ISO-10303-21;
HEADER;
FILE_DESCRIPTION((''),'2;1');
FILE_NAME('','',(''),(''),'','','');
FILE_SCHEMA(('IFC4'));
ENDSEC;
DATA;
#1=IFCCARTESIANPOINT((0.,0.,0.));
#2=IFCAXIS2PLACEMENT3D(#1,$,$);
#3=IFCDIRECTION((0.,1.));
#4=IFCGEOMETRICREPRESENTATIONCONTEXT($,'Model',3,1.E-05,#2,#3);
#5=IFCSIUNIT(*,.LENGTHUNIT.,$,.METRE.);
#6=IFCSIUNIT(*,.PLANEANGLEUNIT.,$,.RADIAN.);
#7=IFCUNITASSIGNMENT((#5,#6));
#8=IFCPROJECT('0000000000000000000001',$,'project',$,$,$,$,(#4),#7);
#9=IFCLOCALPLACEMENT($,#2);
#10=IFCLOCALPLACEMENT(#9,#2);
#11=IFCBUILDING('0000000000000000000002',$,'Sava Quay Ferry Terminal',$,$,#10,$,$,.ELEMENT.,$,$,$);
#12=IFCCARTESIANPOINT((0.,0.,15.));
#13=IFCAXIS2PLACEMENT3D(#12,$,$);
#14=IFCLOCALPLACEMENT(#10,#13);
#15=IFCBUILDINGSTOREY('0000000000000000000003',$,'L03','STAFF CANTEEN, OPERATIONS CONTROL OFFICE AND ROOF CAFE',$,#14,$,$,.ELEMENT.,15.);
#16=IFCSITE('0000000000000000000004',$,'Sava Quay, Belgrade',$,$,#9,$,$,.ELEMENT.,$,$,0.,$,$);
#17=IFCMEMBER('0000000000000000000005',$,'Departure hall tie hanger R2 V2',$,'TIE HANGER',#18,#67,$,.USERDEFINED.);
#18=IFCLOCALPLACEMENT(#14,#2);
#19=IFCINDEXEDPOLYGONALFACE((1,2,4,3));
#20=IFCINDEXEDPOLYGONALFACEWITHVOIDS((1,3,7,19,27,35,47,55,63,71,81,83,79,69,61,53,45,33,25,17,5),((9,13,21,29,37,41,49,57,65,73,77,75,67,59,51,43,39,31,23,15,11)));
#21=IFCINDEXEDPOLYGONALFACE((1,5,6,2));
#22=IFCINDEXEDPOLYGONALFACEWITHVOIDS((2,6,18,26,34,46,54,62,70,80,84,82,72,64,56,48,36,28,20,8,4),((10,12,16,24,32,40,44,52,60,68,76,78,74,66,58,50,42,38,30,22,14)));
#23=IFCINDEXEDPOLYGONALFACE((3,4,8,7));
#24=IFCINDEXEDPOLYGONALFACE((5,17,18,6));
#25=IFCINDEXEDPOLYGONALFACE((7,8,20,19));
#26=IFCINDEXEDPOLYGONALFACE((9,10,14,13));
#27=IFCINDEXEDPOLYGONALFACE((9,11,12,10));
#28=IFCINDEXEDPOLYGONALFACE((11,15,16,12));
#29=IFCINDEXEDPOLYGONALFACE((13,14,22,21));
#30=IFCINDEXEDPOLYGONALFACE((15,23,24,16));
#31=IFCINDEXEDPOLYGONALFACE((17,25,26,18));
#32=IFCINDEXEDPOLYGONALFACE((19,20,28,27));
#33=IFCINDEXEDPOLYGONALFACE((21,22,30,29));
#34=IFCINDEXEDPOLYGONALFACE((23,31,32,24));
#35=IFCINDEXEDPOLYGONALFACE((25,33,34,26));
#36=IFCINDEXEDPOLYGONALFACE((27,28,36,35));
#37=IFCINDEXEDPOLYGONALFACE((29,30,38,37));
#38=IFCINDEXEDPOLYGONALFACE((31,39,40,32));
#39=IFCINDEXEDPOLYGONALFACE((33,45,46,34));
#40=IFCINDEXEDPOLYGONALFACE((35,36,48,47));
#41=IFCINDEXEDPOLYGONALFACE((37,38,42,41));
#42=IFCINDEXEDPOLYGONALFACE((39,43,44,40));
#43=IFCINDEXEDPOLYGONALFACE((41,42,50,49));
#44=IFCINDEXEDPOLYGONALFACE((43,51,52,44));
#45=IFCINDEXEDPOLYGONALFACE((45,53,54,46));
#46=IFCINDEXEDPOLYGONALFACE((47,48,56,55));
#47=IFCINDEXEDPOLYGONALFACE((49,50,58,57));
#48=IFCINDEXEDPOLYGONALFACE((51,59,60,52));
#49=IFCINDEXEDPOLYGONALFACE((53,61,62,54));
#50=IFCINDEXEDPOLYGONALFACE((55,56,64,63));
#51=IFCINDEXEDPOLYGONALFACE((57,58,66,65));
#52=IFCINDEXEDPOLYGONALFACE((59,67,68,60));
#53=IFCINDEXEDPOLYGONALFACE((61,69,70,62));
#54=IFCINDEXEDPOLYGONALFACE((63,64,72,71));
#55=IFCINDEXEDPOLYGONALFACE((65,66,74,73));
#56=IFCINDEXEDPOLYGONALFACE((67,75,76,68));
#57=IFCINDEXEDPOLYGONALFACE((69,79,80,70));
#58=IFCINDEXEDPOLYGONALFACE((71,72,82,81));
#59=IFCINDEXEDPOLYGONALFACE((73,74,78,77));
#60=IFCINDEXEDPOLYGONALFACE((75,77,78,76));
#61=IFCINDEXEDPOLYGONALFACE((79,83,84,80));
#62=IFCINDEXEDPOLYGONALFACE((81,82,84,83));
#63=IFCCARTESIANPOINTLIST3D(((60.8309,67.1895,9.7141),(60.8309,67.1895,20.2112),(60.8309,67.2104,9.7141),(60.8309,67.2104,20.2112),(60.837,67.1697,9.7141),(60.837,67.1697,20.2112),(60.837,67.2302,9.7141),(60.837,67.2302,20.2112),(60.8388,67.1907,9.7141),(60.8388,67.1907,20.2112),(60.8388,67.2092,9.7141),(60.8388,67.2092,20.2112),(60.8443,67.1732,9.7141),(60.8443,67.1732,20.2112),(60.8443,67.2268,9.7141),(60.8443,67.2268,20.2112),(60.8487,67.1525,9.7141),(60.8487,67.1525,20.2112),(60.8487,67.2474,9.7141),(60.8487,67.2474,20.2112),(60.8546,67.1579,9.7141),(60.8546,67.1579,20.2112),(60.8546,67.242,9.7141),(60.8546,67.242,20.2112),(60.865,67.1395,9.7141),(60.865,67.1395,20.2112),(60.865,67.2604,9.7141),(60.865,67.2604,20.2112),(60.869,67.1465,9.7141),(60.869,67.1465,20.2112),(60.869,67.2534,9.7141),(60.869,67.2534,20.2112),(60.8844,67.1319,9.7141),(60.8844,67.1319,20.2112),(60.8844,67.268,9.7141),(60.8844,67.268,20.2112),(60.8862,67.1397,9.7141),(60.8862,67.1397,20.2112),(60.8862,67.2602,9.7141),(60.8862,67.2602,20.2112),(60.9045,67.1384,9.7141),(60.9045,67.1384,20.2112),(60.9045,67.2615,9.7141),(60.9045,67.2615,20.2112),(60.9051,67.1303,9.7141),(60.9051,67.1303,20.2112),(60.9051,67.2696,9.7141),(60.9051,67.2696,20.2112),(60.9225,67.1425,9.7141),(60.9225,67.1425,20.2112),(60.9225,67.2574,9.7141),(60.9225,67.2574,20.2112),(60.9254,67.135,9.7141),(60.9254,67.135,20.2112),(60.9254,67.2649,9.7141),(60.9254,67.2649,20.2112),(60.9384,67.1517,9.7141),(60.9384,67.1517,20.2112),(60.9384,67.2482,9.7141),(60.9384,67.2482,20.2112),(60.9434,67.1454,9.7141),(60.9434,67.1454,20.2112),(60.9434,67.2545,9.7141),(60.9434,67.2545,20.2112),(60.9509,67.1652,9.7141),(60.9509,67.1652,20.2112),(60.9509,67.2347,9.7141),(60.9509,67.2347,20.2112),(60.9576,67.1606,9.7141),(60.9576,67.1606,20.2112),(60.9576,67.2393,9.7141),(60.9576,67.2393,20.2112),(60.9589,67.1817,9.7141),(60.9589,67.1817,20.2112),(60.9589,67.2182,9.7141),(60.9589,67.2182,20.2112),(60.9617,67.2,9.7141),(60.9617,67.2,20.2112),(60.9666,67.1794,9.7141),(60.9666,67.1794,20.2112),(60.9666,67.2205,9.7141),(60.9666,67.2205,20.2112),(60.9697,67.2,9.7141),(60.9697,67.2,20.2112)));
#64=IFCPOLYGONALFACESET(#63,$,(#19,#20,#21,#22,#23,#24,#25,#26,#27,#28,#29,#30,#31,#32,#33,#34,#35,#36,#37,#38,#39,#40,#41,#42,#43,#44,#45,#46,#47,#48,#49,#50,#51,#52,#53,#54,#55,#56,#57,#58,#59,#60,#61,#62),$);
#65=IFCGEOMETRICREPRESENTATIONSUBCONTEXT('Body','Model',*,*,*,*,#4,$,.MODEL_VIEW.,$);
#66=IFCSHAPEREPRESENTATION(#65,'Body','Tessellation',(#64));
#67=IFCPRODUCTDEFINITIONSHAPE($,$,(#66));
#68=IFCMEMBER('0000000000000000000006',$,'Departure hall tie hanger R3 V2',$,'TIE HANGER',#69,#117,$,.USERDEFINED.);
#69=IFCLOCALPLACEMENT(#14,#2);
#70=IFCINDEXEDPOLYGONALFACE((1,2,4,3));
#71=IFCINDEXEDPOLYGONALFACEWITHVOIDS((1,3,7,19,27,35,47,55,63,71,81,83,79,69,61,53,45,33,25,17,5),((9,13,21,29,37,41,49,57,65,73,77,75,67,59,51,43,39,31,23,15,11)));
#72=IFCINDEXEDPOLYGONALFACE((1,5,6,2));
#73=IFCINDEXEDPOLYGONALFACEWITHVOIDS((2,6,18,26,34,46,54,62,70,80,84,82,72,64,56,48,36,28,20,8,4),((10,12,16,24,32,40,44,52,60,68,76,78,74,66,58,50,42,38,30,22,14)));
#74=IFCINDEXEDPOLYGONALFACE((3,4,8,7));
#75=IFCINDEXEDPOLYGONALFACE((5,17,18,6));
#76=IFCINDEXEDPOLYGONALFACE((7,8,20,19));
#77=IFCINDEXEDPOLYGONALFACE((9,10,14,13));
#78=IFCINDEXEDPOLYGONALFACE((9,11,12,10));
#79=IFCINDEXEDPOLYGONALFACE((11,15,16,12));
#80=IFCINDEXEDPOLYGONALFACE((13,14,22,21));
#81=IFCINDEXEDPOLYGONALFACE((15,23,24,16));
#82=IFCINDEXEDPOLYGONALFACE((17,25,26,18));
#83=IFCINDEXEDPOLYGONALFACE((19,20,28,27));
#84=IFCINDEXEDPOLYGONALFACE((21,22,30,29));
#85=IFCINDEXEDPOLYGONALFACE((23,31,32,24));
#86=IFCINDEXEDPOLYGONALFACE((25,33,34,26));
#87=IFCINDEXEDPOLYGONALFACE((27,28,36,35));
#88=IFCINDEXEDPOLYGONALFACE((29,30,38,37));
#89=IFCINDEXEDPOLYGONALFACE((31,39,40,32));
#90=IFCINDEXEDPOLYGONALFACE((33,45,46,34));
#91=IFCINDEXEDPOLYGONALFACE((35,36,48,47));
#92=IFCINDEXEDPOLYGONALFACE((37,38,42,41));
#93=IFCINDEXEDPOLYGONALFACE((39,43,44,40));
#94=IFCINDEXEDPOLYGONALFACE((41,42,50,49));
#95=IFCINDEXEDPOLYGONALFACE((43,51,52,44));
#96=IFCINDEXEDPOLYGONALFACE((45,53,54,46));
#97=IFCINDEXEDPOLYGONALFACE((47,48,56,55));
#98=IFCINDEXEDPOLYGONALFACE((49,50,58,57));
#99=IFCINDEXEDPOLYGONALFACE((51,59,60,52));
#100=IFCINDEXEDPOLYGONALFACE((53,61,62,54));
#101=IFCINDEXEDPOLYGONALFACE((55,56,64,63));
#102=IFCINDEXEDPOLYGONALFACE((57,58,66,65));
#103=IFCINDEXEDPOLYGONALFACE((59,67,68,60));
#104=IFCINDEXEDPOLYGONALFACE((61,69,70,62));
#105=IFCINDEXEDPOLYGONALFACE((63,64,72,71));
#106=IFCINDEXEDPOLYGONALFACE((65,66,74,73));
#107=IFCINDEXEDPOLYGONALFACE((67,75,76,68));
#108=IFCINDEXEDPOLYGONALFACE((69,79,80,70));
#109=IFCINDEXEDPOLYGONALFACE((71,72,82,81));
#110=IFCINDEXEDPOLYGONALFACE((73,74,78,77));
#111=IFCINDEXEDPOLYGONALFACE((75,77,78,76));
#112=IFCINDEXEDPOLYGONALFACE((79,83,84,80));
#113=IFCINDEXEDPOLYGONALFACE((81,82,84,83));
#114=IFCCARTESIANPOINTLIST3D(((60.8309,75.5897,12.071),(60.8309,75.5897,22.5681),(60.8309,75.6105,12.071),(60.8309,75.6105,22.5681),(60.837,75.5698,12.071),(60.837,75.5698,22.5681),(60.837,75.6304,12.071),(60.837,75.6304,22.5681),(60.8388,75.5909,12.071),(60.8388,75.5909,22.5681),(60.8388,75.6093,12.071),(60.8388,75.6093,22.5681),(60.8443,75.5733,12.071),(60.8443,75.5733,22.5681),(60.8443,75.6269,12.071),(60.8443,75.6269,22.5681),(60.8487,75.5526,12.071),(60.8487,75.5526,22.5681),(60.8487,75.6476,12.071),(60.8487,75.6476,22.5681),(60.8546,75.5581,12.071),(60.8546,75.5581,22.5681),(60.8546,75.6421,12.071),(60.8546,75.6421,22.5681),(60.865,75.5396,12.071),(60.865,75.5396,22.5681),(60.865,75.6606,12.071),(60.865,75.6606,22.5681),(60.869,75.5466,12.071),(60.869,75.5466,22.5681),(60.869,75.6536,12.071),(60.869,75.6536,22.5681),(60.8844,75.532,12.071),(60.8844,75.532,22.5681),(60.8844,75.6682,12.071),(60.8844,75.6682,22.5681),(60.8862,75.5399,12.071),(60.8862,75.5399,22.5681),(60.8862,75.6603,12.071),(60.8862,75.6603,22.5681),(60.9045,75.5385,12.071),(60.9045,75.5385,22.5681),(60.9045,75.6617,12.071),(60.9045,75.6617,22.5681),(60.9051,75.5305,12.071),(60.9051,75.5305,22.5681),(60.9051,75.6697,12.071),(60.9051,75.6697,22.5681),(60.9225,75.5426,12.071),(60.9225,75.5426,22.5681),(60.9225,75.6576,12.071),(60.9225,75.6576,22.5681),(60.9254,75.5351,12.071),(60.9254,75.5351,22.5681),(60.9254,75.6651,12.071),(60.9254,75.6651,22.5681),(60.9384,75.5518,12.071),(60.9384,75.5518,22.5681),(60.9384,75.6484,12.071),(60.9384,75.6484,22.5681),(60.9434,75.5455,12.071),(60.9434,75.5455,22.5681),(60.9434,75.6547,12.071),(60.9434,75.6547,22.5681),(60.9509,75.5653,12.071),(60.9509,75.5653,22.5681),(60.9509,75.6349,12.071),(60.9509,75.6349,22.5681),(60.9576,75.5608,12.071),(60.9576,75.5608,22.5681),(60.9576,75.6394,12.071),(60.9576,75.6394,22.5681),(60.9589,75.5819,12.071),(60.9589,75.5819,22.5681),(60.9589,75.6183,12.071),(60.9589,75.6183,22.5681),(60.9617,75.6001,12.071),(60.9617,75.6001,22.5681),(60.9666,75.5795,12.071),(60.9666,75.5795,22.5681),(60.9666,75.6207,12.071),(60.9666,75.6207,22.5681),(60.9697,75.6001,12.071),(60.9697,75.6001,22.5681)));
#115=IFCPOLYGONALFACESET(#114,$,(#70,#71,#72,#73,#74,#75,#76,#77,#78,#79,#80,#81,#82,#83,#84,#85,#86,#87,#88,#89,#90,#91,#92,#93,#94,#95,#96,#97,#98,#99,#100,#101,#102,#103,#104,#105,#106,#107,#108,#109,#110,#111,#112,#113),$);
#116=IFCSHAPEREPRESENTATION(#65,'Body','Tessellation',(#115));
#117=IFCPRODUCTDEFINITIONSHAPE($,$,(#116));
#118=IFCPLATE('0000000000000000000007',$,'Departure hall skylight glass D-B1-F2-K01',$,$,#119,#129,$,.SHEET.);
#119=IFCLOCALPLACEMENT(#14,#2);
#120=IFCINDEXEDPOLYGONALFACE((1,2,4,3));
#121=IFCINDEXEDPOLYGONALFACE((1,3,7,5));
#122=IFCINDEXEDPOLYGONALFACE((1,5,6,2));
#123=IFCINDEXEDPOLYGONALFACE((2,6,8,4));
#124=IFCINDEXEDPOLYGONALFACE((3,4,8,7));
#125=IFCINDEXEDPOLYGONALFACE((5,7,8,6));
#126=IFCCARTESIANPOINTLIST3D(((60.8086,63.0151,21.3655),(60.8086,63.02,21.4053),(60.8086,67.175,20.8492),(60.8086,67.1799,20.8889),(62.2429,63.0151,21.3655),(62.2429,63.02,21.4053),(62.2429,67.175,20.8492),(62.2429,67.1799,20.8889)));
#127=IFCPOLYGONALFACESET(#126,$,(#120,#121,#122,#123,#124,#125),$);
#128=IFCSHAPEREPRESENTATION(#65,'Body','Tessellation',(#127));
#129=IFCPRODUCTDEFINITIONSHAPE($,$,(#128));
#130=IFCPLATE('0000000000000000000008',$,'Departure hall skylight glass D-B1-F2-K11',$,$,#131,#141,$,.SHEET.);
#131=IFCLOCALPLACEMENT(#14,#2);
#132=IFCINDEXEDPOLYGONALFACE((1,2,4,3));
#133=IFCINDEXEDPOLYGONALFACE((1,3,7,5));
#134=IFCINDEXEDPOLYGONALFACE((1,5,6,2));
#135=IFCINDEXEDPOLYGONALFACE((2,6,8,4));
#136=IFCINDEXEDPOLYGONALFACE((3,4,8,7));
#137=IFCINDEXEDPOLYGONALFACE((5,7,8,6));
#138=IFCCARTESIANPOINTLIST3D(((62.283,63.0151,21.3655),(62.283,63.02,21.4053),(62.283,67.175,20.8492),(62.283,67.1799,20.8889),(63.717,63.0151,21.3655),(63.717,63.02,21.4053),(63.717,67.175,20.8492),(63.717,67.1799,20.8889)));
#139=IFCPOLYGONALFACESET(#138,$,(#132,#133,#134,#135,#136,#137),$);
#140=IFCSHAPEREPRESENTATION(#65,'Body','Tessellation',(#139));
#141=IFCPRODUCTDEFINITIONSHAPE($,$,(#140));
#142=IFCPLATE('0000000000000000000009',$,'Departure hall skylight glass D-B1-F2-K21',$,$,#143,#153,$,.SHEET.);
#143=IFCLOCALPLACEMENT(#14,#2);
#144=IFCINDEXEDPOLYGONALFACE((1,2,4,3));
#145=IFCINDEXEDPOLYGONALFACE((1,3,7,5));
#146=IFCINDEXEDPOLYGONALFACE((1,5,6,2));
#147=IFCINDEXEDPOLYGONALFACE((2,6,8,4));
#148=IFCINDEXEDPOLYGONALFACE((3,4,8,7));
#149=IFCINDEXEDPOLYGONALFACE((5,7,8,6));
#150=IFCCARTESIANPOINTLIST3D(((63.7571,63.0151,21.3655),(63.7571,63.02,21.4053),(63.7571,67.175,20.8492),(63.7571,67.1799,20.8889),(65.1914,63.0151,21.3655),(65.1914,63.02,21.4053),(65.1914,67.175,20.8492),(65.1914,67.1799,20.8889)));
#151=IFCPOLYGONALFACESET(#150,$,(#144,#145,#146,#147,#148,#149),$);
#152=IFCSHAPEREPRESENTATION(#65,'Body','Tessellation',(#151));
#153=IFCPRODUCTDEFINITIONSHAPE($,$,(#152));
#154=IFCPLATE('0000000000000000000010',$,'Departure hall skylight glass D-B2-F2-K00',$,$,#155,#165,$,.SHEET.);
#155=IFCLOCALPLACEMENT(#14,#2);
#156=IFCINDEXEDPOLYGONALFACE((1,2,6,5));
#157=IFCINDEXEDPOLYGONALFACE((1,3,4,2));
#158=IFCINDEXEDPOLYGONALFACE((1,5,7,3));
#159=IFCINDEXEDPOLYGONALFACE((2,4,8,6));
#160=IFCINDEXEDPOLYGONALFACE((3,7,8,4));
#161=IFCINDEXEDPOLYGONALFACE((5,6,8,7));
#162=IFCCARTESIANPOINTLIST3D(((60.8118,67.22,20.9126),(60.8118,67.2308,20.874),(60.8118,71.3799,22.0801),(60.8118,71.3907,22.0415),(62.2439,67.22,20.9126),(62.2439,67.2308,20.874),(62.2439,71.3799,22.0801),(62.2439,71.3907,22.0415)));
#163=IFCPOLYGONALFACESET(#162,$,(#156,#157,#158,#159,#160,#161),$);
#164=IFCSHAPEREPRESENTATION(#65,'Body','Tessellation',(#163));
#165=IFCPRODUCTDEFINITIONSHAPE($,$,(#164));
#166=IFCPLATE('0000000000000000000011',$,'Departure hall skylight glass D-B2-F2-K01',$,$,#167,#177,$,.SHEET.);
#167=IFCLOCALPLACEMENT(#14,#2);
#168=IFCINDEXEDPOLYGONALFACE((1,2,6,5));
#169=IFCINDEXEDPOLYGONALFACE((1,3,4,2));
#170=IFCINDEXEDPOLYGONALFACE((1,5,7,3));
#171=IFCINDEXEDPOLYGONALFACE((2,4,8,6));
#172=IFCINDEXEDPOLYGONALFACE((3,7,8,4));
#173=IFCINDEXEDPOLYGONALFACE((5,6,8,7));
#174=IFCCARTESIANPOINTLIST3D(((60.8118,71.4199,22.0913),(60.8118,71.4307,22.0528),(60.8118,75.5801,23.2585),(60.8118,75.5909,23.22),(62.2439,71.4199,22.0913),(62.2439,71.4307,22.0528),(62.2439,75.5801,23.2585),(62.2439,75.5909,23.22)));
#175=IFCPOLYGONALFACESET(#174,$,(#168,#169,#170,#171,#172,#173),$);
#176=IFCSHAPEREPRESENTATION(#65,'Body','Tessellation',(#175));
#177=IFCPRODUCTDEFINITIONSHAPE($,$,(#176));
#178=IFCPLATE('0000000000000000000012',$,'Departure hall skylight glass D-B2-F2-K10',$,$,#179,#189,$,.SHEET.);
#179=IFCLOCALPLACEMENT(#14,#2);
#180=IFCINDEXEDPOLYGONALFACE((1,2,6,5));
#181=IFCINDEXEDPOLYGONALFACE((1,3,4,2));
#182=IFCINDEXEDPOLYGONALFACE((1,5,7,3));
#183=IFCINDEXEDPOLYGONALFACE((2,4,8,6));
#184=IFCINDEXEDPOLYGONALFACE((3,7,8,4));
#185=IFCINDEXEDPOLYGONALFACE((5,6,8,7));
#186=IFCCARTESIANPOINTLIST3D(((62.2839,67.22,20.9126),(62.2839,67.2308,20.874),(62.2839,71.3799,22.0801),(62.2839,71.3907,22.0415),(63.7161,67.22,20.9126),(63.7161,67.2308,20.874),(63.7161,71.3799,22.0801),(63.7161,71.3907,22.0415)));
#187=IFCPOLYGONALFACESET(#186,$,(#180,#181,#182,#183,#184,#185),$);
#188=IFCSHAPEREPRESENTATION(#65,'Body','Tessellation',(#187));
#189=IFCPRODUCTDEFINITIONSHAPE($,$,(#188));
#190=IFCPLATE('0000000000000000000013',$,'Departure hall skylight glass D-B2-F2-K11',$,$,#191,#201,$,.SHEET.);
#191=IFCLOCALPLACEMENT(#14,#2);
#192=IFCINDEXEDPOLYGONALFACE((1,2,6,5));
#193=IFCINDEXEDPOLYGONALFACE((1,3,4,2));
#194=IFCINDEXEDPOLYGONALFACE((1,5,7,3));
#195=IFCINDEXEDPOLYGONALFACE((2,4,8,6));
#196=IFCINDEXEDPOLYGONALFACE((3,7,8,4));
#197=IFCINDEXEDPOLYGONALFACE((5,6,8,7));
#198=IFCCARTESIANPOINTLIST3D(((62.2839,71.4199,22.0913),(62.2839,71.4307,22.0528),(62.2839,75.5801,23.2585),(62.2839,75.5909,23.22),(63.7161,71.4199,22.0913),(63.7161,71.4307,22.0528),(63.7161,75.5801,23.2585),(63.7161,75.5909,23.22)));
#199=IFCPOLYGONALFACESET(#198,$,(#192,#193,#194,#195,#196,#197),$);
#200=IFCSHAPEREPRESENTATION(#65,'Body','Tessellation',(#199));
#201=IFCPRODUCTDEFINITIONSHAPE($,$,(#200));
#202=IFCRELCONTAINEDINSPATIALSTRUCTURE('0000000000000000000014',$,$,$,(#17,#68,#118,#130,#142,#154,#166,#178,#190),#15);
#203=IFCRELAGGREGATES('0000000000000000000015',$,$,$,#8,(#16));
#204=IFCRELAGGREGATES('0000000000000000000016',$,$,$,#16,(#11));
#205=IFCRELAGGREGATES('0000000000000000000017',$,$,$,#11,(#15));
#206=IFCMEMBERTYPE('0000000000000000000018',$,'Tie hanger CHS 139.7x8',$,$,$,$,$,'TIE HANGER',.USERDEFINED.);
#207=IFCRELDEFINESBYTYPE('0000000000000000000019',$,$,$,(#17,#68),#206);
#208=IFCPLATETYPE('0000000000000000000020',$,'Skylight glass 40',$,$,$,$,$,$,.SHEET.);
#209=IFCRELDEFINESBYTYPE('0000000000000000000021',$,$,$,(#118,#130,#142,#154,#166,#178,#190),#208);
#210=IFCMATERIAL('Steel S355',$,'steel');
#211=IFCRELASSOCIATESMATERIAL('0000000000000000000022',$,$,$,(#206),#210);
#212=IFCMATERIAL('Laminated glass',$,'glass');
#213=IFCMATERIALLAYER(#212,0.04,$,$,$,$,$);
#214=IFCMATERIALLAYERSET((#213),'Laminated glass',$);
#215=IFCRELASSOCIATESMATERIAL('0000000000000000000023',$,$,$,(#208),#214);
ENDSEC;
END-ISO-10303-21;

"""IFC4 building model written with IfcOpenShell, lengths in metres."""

from ifc_helpers import new_model, si_unit, direction, frame, origin, origin_2d, place, context, subcontext, project, spatial, polyline, hollow_circle, outline, extrude, material, layer, layer_set, material_profile, profile_set, type_object, element, save


model = new_model("IFC4")

# Units and contexts
model_context = context("Model", 3, precision=1e-05, world=origin(), true_north=direction((0.0, 1.0)))
body_context = subcontext(model_context, "Body", "Model", "MODEL_VIEW")
ifc_project = project(units=[si_unit("LENGTHUNIT", "METRE"), si_unit("PLANEANGLEUNIT", "RADIAN")], contexts=[model_context])

# Site, building, storey
site_placement = place(None, origin())
site = spatial("IfcSite", under=ifc_project, at=site_placement, Name="Sava Quay, Belgrade", CompositionType="ELEMENT", RefElevation=0.0)
building_placement = place(site_placement, origin())
building = spatial("IfcBuilding", under=site, at=building_placement, Name="Sava Quay Ferry Terminal", CompositionType="ELEMENT")
storey_placement = place(building_placement, frame((0.0, 0.0, 15.0)))
storey = spatial("IfcBuildingStorey", under=building, at=storey_placement, Name="L03", Description="STAFF CANTEEN, OPERATIONS CONTROL OFFICE AND ROOF CAFE", CompositionType="ELEMENT", Elevation=15.0)

# Members
ifc_material_1 = material(Name="Steel S355", Category="steel")
ifc_material_profile_1 = material_profile(ifc_material_1, hollow_circle(Radius=0.0698, WallThickness=0.0081, at=origin_2d()), Name="CHS 139.7 x 8.0")
ifc_profile_set_1 = profile_set([ifc_material_profile_1], Name="Steel S355")
member_type_1 = type_object("IfcMemberType", Name="Tie hanger CHS 139.7x8", ElementType="TIE HANGER", PredefinedType="USERDEFINED", material=ifc_profile_set_1)
for number, where, z_axis, x_axis, name in (
    (1, (60.8999, 67.2, 9.7141), (0.0, 0.0, 1.0), (1.0, 0.0, 0.0), "Departure hall tie hanger R2 V2"),
    (2, (60.8999, 75.6001, 12.071), (0.0, 0.0, 1.0), (1.0, 0.0, 0.0), "Departure hall tie hanger R3 V2"),
):
    element("IfcMember", number, at=place(storey_placement, frame(where, z_axis=z_axis, x_axis=x_axis)), inside=storey, type_object=member_type_1, Name=name, ObjectType="TIE HANGER", PredefinedType="USERDEFINED", context=body_context, shape_type="SweptSolid", body=[
        extrude(hollow_circle(Radius=0.0698, WallThickness=0.0081, at=origin_2d()), origin(), (0.0, 0.0, 1.0), 10.4971),
    ])

# Plates
ifc_material_2 = material(Name="Laminated glass", Category="glass")
ifc_layer = layer(ifc_material_2, 0.04)
ifc_layer_set = layer_set([ifc_layer], Name="Laminated glass")
plate_type = type_object("IfcPlateType", Name="Skylight glass 40", PredefinedType="SHEET", material=ifc_layer_set)
plate_1_placement = place(storey_placement, frame((60.8086, 63.02, 21.4053), z_axis=(0.0, 0.123182, 0.992384), x_axis=(0.0, 0.992384, -0.123182)))
element("IfcPlate", 3, at=plate_1_placement, inside=storey, type_object=plate_type, Name="Departure hall skylight glass D-B1-F2-K01", PredefinedType="SHEET", context=body_context, shape_type="SweptSolid", body=[
    extrude(outline(polyline([(0.0, 0.0), (4.1918, 0.0), (4.1918, -1.4343), (0.0, -1.4343), (0.0, 0.0)])), origin(), (0.0, 0.0, -1.0), 0.04),
])
plate_2_placement = place(storey_placement, frame((62.283, 63.02, 21.4053), z_axis=(0.0, 0.123182, 0.992384), x_axis=(0.0, 0.992384, -0.123182)))
element("IfcPlate", 4, at=plate_2_placement, inside=storey, type_object=plate_type, Name="Departure hall skylight glass D-B1-F2-K11", PredefinedType="SHEET", context=body_context, shape_type="SweptSolid", body=[
    extrude(outline(polyline([(0.0, 0.0), (4.1918, 0.0), (4.1918, -1.4341), (0.0, -1.4341), (0.0, 0.0)])), origin(), (0.0, 0.0, -1.0), 0.04),
])
plate_3_placement = place(storey_placement, frame((63.7571, 63.02, 21.4053), z_axis=(0.0, 0.123182, 0.992384), x_axis=(0.0, 0.992384, -0.123182)))
element("IfcPlate", 5, at=plate_3_placement, inside=storey, type_object=plate_type, Name="Departure hall skylight glass D-B1-F2-K21", PredefinedType="SHEET", context=body_context, shape_type="SweptSolid", body=[
    extrude(outline(polyline([(0.0, 0.0), (4.1918, 0.0), (4.1918, -1.4343), (0.0, -1.4343), (0.0, 0.0)])), origin(), (0.0, 0.0, -1.0), 0.04),
])
plate_4_placement = place(storey_placement, frame((60.8118, 67.22, 20.9126), z_axis=(0.0, -0.27021, 0.962801), x_axis=(0.0, 0.962801, 0.27021)))
element("IfcPlate", 6, at=plate_4_placement, inside=storey, type_object=plate_type, Name="Departure hall skylight glass D-B2-F2-K00", PredefinedType="SHEET", context=body_context, shape_type="SweptSolid", body=[
    extrude(outline(polyline([(0.0, 0.0), (4.3206, 0.0), (4.3206, -1.4321), (0.0, -1.4321), (0.0, 0.0)])), origin(), (0.0, 0.0, -1.0), 0.04),
])
plate_5_placement = place(storey_placement, frame((60.8118, 71.4199, 22.0913), z_axis=(0.0, -0.270143, 0.96282), x_axis=(0.0, 0.96282, 0.270143)))
element("IfcPlate", 7, at=plate_5_placement, inside=storey, type_object=plate_type, Name="Departure hall skylight glass D-B2-F2-K01", PredefinedType="SHEET", context=body_context, shape_type="SweptSolid", body=[
    extrude(outline(polyline([(0.0, 0.0), (4.3208, 0.0), (4.3208, -1.4321), (0.0, -1.4321), (0.0, 0.0)])), origin(), (0.0, 0.0, -1.0), 0.04),
])
plate_6_placement = place(storey_placement, frame((62.2839, 67.22, 20.9126), z_axis=(0.0, -0.27021, 0.962801), x_axis=(0.0, 0.962801, 0.27021)))
element("IfcPlate", 8, at=plate_6_placement, inside=storey, type_object=plate_type, Name="Departure hall skylight glass D-B2-F2-K10", PredefinedType="SHEET", context=body_context, shape_type="SweptSolid", body=[
    extrude(outline(polyline([(0.0, 0.0), (4.3206, 0.0), (4.3206, -1.4321), (0.0, -1.4321), (0.0, 0.0)])), origin(), (0.0, 0.0, -1.0), 0.04),
])
plate_7_placement = place(storey_placement, frame((62.2839, 71.4199, 22.0913), z_axis=(0.0, -0.270143, 0.96282), x_axis=(0.0, 0.96282, 0.270143)))
element("IfcPlate", 9, at=plate_7_placement, inside=storey, type_object=plate_type, Name="Departure hall skylight glass D-B2-F2-K11", PredefinedType="SHEET", context=body_context, shape_type="SweptSolid", body=[
    extrude(outline(polyline([(0.0, 0.0), (4.3208, 0.0), (4.3208, -1.4321), (0.0, -1.4321), (0.0, 0.0)])), origin(), (0.0, 0.0, -1.0), 0.04),
])

save(model, "model.ifc")
